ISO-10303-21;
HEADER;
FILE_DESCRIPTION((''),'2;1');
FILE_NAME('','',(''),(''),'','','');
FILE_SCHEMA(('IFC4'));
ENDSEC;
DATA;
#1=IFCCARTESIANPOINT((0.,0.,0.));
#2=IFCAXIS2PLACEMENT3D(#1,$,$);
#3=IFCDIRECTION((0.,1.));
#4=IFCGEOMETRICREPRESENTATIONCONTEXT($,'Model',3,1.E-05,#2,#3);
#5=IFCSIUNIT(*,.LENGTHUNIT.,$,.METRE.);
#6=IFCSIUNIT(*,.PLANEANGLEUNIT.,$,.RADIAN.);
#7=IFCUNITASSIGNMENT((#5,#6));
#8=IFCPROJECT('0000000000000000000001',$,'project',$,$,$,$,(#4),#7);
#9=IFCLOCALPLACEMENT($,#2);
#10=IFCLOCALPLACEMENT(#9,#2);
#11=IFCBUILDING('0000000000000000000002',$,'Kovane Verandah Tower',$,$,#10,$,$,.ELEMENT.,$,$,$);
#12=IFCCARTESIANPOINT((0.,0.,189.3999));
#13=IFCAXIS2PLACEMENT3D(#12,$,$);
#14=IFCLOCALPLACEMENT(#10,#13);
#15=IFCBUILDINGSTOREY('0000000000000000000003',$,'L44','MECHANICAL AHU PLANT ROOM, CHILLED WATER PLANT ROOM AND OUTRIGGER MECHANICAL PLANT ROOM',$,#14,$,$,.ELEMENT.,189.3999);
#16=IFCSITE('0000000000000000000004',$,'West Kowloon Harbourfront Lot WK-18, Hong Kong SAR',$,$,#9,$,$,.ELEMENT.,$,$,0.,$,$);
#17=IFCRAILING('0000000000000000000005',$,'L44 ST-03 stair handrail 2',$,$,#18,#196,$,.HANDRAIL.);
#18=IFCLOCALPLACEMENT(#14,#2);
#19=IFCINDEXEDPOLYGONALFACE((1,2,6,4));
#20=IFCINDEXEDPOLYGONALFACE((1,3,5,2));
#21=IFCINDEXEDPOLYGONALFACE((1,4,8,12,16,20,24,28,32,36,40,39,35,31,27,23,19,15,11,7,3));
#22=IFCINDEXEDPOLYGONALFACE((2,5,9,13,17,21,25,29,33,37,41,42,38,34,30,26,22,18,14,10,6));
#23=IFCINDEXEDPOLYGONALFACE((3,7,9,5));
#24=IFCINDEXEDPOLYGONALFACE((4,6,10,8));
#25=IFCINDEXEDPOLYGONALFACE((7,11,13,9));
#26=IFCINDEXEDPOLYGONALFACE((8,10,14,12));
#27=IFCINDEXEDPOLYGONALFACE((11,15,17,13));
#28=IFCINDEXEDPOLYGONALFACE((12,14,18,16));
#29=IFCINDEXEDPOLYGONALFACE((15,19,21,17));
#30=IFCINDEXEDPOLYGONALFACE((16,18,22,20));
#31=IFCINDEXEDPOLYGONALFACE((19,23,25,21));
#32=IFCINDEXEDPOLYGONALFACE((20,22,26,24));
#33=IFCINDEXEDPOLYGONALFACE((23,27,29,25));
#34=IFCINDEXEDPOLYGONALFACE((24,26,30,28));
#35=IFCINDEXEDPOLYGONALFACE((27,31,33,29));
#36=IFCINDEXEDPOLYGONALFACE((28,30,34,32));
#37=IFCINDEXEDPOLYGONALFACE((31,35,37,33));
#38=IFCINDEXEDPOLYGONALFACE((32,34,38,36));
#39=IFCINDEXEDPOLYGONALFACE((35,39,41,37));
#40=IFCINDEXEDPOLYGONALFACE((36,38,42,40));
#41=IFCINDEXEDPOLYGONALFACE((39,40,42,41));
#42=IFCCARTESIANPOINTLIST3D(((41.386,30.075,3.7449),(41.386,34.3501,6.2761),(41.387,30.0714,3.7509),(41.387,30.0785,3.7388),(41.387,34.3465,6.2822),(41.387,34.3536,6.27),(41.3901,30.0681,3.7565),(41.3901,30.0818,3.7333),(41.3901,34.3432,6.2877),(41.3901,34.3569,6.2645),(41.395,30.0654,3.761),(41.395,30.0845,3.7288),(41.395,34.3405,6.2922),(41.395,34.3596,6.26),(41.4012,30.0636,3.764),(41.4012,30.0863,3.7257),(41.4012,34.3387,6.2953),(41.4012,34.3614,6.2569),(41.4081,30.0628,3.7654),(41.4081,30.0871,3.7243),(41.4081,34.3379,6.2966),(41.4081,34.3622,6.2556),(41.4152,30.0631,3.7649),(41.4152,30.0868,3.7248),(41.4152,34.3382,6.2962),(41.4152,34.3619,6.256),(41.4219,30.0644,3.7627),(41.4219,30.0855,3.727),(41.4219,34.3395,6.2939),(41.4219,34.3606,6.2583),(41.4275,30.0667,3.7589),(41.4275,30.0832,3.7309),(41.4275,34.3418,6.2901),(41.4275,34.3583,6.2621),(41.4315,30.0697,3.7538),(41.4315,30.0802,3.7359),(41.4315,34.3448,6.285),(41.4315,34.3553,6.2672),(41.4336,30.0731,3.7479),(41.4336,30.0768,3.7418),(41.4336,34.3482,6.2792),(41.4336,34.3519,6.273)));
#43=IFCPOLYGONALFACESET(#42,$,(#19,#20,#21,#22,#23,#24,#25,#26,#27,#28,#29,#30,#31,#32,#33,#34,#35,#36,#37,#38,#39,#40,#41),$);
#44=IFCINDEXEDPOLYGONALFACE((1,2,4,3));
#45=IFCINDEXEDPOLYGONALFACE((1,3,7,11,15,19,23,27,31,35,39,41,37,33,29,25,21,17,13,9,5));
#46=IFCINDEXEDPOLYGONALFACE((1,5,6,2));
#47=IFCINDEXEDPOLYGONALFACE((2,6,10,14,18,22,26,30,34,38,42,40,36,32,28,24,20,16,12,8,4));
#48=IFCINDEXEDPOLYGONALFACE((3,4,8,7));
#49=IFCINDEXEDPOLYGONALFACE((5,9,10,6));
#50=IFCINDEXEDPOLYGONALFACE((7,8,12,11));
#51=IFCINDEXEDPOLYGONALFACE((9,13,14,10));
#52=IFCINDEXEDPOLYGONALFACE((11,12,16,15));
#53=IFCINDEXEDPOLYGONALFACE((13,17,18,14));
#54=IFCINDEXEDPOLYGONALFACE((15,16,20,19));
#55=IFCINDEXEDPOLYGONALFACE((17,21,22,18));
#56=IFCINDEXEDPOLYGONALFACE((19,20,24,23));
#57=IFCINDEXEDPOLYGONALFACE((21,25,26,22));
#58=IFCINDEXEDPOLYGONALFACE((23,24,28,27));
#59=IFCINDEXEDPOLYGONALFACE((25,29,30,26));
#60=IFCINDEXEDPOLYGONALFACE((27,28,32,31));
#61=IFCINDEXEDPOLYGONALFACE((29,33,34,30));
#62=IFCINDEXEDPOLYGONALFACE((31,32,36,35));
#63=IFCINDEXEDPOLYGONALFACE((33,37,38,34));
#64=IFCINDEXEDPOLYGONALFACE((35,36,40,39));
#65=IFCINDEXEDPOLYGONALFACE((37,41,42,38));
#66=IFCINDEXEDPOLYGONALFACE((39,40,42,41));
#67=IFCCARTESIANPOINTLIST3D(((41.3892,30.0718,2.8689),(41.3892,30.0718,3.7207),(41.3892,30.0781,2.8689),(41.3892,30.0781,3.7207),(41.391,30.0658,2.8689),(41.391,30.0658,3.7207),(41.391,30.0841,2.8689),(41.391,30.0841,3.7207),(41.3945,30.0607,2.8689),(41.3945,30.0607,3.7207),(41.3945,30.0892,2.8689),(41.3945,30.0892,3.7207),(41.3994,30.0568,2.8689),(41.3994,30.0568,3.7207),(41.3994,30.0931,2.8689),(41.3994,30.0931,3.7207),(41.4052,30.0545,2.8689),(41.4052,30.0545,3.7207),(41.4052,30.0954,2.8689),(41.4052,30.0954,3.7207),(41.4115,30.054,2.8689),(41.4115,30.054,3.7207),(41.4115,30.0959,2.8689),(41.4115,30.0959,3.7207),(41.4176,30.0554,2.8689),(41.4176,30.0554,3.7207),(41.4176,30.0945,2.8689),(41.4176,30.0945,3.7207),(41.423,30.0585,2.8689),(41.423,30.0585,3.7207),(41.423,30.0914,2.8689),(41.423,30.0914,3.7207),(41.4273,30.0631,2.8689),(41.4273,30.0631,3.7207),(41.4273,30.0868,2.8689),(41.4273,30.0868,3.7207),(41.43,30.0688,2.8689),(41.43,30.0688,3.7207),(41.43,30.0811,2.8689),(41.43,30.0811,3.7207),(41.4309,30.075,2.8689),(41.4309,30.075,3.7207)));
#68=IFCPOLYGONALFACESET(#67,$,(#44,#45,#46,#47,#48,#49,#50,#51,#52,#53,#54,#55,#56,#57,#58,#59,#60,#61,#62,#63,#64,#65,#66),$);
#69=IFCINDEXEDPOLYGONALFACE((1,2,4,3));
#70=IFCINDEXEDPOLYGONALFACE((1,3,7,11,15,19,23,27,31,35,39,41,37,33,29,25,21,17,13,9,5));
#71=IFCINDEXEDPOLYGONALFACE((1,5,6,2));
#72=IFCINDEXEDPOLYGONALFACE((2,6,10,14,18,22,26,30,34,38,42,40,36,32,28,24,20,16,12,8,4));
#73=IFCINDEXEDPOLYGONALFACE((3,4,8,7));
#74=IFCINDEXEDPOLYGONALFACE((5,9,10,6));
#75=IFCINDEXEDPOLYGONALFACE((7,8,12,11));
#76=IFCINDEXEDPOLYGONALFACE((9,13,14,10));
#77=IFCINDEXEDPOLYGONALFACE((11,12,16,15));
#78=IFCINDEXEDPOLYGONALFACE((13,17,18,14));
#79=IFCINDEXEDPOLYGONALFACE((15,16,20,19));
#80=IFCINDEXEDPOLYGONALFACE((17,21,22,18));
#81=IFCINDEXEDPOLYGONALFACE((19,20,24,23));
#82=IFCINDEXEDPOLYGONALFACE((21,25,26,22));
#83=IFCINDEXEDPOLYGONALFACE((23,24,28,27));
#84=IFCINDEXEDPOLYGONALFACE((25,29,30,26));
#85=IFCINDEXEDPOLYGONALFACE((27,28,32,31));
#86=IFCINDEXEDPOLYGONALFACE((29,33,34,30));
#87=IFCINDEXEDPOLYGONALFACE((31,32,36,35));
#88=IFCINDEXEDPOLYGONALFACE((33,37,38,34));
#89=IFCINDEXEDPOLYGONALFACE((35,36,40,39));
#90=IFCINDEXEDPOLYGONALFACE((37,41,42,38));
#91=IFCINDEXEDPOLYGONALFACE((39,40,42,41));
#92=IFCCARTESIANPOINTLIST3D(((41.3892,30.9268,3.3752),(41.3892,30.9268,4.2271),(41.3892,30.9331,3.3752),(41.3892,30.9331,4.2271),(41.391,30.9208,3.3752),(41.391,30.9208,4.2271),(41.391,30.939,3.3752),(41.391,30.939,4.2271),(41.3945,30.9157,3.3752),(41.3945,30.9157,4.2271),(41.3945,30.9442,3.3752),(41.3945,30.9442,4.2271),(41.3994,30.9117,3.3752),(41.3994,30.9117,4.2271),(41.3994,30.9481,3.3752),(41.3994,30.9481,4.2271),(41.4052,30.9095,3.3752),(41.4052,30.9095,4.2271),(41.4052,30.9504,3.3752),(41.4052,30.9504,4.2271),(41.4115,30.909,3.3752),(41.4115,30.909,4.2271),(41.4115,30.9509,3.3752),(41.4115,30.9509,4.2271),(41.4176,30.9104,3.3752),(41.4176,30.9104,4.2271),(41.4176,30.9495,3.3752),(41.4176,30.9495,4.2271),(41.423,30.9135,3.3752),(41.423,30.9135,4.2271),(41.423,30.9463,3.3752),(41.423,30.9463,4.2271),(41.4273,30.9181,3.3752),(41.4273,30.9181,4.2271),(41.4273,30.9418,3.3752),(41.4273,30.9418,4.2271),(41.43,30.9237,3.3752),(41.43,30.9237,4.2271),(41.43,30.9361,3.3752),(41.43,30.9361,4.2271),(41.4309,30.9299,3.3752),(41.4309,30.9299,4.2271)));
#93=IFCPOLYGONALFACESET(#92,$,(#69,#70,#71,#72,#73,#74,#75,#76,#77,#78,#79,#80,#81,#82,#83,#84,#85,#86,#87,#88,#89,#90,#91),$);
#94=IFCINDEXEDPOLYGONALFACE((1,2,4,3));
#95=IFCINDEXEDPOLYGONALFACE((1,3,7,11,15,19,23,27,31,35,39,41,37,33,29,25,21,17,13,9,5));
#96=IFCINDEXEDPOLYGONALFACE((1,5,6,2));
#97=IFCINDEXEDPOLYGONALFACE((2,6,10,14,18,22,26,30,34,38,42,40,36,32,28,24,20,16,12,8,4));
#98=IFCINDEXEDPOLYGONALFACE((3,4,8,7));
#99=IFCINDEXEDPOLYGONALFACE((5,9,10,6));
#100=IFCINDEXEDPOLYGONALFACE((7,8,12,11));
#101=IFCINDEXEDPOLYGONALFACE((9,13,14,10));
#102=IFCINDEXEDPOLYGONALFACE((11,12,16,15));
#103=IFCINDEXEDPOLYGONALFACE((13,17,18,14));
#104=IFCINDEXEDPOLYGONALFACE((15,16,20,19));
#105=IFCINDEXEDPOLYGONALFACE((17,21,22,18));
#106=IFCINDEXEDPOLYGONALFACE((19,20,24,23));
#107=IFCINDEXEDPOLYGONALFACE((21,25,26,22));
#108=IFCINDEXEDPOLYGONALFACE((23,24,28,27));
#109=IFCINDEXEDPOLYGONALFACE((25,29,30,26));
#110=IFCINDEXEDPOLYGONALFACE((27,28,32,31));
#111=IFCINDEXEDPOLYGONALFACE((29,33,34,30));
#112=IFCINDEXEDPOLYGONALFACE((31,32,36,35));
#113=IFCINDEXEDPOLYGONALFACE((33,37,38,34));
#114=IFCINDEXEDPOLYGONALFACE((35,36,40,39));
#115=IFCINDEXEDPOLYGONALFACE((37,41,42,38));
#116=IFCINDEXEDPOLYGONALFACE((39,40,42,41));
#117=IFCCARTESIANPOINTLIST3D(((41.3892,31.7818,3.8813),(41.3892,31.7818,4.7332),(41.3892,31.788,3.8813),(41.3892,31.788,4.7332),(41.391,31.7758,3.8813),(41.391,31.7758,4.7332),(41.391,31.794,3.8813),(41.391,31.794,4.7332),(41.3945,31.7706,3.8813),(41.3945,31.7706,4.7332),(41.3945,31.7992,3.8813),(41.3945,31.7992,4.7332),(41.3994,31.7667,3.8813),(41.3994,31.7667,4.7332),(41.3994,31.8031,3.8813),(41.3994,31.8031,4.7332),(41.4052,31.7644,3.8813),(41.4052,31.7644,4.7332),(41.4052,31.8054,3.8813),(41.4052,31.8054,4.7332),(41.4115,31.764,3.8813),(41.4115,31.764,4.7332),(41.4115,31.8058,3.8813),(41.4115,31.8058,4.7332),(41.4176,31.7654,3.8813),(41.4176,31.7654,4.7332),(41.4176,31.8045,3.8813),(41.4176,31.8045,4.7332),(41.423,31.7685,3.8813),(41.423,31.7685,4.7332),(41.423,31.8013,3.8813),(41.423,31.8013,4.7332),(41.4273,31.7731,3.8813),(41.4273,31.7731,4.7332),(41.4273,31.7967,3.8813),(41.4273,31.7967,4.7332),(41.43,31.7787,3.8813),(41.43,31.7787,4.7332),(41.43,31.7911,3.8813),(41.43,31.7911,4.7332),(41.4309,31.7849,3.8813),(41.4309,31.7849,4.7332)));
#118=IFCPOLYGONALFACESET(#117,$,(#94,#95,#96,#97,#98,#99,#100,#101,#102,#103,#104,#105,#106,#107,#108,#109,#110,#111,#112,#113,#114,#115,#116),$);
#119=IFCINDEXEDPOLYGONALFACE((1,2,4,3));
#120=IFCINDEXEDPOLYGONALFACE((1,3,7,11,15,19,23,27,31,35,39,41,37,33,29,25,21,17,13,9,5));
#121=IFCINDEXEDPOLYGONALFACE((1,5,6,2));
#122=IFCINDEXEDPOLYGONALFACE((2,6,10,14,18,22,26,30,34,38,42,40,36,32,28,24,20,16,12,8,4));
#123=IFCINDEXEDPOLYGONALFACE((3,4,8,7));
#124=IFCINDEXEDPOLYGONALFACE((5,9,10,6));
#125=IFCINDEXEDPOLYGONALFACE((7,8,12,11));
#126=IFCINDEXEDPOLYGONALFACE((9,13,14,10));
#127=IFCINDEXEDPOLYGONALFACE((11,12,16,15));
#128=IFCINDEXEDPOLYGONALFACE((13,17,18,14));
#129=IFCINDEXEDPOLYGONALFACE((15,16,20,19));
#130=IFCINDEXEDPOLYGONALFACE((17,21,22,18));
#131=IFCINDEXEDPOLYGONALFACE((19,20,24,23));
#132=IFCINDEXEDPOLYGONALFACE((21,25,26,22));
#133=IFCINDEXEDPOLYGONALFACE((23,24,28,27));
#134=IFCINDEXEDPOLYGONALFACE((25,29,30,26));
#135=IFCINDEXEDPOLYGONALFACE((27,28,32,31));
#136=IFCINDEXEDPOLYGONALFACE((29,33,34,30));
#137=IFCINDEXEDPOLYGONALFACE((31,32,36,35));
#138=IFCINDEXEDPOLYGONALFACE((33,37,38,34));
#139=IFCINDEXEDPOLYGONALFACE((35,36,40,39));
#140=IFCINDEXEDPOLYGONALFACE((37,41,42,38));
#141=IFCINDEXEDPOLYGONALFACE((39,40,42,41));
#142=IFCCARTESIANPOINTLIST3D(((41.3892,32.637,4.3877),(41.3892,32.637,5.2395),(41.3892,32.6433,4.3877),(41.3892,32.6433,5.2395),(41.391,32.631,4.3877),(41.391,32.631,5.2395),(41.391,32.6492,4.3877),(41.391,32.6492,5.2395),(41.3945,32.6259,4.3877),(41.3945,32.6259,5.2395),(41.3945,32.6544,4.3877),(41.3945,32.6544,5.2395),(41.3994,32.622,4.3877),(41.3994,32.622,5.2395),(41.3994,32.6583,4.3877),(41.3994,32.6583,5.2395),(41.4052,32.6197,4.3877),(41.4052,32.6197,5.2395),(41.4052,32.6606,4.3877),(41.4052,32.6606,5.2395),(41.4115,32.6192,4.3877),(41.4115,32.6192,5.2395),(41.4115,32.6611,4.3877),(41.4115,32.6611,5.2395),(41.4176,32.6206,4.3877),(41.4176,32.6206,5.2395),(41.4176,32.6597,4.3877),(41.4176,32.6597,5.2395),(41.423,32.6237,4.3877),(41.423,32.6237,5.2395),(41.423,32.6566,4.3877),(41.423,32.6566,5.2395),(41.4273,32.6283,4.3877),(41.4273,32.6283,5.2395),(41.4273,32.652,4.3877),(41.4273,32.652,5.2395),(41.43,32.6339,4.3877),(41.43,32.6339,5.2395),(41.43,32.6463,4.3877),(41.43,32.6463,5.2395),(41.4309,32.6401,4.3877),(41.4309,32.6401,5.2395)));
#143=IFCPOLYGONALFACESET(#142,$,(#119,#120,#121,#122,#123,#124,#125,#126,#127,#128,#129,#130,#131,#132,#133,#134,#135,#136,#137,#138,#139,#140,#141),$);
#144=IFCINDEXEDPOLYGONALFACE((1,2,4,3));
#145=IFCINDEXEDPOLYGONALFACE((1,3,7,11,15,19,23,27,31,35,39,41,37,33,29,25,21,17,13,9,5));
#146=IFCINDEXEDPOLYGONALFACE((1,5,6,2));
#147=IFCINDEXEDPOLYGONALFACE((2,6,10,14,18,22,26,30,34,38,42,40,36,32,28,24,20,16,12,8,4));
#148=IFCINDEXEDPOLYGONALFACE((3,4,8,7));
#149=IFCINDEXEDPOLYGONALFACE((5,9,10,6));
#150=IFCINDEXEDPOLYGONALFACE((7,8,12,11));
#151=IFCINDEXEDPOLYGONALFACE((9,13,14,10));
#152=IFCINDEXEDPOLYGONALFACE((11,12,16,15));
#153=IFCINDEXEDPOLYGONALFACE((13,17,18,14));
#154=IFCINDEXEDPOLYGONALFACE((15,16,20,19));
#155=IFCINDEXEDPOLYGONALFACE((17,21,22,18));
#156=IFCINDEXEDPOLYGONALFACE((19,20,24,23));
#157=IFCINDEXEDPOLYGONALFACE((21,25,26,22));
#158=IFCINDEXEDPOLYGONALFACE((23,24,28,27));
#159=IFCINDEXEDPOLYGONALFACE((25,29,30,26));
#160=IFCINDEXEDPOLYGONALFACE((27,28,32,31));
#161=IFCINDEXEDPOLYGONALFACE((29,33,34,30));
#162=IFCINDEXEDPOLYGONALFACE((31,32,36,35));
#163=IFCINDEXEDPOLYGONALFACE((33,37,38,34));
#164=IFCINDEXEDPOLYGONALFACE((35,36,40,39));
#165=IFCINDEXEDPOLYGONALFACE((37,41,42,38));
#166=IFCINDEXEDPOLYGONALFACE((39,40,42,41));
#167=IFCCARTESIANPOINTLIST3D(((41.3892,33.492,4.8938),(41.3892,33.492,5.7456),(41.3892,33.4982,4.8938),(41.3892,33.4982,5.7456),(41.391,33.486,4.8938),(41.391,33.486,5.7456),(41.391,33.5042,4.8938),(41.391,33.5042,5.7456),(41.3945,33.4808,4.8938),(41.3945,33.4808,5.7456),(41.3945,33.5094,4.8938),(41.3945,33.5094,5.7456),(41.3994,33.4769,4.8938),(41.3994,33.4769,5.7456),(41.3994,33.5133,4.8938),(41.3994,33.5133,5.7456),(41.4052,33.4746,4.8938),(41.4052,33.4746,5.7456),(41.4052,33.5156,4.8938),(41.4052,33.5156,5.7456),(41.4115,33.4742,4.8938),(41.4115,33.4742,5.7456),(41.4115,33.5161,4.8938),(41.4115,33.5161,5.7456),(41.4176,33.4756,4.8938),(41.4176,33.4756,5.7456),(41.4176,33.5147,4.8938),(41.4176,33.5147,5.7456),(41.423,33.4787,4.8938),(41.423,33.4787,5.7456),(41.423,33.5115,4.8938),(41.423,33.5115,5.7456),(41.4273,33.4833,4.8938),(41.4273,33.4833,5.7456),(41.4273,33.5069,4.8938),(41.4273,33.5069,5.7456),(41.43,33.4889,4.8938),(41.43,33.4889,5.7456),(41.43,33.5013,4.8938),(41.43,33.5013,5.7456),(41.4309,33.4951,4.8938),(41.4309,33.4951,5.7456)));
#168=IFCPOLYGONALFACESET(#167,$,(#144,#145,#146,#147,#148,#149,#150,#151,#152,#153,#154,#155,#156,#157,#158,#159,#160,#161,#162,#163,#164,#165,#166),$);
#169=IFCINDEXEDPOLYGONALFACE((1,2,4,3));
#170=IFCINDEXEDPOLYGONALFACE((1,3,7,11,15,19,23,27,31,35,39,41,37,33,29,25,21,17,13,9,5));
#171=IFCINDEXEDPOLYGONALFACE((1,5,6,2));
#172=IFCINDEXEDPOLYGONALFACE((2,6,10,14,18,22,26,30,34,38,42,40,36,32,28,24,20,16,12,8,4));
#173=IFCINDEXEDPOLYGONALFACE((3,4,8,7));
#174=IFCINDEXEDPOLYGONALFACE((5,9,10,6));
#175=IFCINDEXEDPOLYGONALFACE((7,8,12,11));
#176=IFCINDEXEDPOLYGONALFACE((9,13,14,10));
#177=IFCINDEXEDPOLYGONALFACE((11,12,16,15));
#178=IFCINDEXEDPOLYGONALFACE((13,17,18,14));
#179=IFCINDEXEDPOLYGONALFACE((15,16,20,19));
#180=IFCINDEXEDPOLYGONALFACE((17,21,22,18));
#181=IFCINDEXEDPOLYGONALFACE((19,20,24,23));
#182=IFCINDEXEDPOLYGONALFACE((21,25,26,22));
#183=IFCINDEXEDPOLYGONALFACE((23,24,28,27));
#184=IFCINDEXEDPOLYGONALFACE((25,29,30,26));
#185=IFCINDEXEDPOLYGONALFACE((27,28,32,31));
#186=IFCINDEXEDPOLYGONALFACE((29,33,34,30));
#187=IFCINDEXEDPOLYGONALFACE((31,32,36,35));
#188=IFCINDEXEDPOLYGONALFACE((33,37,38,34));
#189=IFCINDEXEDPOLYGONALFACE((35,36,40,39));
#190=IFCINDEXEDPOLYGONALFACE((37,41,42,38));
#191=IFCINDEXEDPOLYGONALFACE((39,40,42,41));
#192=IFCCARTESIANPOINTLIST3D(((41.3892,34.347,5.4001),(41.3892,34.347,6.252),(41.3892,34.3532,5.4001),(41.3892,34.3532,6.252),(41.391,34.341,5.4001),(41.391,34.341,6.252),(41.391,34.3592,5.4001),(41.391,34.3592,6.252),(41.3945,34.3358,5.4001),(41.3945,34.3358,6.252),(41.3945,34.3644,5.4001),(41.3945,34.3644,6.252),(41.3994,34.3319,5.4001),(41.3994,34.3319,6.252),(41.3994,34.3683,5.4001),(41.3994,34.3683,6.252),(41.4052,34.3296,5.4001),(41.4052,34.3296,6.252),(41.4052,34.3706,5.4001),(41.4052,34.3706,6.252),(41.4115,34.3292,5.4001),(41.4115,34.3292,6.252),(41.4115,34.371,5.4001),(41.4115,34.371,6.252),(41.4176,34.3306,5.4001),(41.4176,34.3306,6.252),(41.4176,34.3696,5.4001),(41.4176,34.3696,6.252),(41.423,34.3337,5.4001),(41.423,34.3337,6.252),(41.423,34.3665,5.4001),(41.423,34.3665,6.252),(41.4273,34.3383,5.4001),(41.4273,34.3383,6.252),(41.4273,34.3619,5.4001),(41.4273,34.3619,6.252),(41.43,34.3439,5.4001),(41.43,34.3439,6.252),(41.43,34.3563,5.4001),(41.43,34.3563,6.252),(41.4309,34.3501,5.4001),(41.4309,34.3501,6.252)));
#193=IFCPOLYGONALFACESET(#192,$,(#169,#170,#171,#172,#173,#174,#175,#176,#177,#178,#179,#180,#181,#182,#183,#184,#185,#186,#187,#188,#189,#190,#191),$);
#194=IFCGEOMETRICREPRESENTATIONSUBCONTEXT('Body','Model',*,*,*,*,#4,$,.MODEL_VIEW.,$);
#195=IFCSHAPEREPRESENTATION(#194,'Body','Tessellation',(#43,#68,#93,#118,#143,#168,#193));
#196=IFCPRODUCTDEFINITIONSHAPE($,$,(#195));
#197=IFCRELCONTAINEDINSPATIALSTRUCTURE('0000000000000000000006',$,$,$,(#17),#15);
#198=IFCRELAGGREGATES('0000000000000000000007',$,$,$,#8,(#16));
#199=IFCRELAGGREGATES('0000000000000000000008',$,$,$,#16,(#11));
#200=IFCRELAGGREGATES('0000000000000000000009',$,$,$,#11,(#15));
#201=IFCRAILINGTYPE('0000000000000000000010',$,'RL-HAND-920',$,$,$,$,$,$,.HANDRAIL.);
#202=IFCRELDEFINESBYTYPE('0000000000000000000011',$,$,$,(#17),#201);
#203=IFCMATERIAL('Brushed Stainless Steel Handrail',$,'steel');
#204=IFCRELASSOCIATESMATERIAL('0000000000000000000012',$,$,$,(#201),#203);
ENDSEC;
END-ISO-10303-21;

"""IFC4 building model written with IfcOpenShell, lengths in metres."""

from ifc_helpers import new_model, si_unit, direction, frame, origin, origin_2d, place, context, subcontext, project, spatial, circle, extrude, material, type_object, element, save


model = new_model("IFC4")

# Units and contexts
model_context = context("Model", 3, precision=1e-05, world=origin(), true_north=direction((0.0, 1.0)))
body_context = subcontext(model_context, "Body", "Model", "MODEL_VIEW")
ifc_project = project(units=[si_unit("LENGTHUNIT", "METRE"), si_unit("PLANEANGLEUNIT", "RADIAN")], contexts=[model_context])

# Site, building, storey
site_placement = place(None, origin())
site = spatial("IfcSite", under=ifc_project, at=site_placement, Name="West Kowloon Harbourfront Lot WK-18, Hong Kong SAR", CompositionType="ELEMENT", RefElevation=0.0)
building_placement = place(site_placement, origin())
building = spatial("IfcBuilding", under=site, at=building_placement, Name="Kovane Verandah Tower", CompositionType="ELEMENT")
storey_placement = place(building_placement, frame((0.0, 0.0, 189.3999)))
storey = spatial("IfcBuildingStorey", under=building, at=storey_placement, Name="L44", Description="MECHANICAL AHU PLANT ROOM, CHILLED WATER PLANT ROOM AND OUTRIGGER MECHANICAL PLANT ROOM", CompositionType="ELEMENT", Elevation=189.3999)

# Railing
ifc_material_1 = material(Name="Brushed Stainless Steel Handrail", Category="steel")
railing_type_1 = type_object("IfcRailingType", Name="RL-HAND-920", PredefinedType="HANDRAIL", material=ifc_material_1)
railing_1_placement = place(storey_placement, frame((41.4099, 30.075, 2.8689)))
element("IfcRailing", 1, at=railing_1_placement, inside=storey, type_object=railing_type_1, Name="L44 ST-03 stair handrail 2", PredefinedType="HANDRAIL", context=body_context, shape_type="SweptSolid", body=[
    extrude(circle(Radius=0.0239, at=origin_2d()), frame((0.0, 0.0, 0.876), z_axis=(0.0, 0.860483, 0.509479), x_axis=(-1.0, 0.0, 0.0)), (0.0, 0.0, 1.0), 4.9683),
    extrude(circle(Radius=0.021, at=origin_2d()), origin(), (0.0, 0.0, 1.0), 0.8518),
    extrude(circle(Radius=0.021, at=origin_2d()), frame((0.0, 0.855, 0.5063)), (0.0, 0.0, 1.0), 0.8518),
    extrude(circle(Radius=0.021, at=origin_2d()), frame((0.0, 1.71, 1.0125)), (0.0, 0.0, 1.0), 0.8518),
    extrude(circle(Radius=0.021, at=origin_2d()), frame((0.0, 2.5652, 1.5188)), (0.0, 0.0, 1.0), 0.8518),
    extrude(circle(Radius=0.021, at=origin_2d()), frame((0.0, 3.4202, 2.0249)), (0.0, 0.0, 1.0), 0.8518),
    extrude(circle(Radius=0.021, at=origin_2d()), frame((0.0, 4.2751, 2.5312)), (0.0, 0.0, 1.0), 0.8518),
])

save(model, "model.ifc")
